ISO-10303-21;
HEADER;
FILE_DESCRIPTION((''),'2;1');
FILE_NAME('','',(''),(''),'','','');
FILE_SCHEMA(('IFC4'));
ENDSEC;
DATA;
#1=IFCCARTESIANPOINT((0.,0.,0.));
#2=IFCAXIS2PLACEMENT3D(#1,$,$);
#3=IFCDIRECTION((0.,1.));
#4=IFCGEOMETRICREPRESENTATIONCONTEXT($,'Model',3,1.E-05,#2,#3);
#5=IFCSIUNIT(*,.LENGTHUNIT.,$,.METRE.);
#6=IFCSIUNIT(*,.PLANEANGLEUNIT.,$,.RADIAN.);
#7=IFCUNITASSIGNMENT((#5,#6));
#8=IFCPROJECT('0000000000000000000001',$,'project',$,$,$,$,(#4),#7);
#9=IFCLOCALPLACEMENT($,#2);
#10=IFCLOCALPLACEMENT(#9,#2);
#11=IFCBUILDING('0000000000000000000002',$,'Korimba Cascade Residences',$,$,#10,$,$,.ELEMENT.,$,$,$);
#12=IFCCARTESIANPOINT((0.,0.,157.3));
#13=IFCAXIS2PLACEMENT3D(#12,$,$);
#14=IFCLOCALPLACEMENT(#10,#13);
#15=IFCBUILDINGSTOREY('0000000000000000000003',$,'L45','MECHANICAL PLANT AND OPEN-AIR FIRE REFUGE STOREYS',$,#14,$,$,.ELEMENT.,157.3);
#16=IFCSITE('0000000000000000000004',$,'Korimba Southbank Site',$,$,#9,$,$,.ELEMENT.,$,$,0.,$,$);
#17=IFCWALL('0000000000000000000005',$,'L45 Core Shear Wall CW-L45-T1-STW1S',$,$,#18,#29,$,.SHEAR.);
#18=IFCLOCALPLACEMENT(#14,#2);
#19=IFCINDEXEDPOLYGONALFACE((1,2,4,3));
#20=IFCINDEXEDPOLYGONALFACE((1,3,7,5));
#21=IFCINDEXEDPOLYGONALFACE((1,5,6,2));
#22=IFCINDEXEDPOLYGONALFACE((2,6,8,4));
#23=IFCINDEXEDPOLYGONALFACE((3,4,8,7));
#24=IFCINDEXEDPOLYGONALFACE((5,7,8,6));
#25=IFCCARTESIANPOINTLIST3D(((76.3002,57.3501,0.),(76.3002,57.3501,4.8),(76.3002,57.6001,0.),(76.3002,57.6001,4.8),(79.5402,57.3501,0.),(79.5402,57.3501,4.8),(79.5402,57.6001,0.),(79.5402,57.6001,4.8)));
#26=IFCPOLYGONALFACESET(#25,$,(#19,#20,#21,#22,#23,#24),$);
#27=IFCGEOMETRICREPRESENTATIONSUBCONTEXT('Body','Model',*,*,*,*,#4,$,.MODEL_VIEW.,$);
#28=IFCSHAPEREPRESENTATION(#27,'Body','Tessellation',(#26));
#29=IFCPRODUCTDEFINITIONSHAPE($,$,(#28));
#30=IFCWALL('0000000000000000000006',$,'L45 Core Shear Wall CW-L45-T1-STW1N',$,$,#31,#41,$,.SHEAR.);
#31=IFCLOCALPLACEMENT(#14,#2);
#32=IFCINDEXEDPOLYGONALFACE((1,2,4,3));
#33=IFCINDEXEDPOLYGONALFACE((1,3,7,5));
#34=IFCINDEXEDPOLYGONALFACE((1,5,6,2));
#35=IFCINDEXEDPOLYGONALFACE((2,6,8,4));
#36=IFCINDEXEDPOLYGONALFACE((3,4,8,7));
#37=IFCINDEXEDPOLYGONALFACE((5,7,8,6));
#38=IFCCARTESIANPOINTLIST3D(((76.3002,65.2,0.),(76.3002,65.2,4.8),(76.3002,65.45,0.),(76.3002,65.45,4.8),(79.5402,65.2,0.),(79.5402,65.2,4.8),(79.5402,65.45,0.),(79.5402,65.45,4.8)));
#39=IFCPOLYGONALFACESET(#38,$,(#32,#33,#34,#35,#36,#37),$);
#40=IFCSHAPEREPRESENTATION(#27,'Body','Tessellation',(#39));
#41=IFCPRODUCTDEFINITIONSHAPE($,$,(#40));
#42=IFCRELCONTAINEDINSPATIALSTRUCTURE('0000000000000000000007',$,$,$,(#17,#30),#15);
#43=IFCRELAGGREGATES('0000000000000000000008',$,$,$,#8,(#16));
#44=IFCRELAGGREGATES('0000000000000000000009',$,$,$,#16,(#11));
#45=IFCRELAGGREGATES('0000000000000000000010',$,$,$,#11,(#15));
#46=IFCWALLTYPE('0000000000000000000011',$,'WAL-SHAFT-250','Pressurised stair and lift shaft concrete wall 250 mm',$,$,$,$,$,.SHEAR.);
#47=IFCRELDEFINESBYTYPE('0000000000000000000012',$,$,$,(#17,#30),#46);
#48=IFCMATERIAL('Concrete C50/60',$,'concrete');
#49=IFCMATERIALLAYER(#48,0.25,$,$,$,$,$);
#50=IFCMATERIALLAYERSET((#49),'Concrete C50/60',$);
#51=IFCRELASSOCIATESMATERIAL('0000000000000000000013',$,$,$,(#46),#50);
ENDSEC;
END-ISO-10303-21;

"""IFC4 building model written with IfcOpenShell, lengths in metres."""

from ifc_helpers import new_model, si_unit, direction, frame, frame_2d, origin, place, context, subcontext, project, spatial, rectangle, extrude, material, layer, layer_set, type_object, element, save


model = new_model("IFC4")

# Units and contexts
model_context = context("Model", 3, precision=1e-05, world=origin(), true_north=direction((0.0, 1.0)))
body_context = subcontext(model_context, "Body", "Model", "MODEL_VIEW")
ifc_project = project(units=[si_unit("LENGTHUNIT", "METRE"), si_unit("PLANEANGLEUNIT", "RADIAN")], contexts=[model_context])

# Site, building, storey
site_placement = place(None, origin())
site = spatial("IfcSite", under=ifc_project, at=site_placement, Name="Korimba Southbank Site", CompositionType="ELEMENT", RefElevation=0.0)
building_placement = place(site_placement, origin())
building = spatial("IfcBuilding", under=site, at=building_placement, Name="Korimba Cascade Residences", CompositionType="ELEMENT")
storey_placement = place(building_placement, frame((0.0, 0.0, 157.3)))
storey = spatial("IfcBuildingStorey", under=building, at=storey_placement, Name="L45", Description="MECHANICAL PLANT AND OPEN-AIR FIRE REFUGE STOREYS", CompositionType="ELEMENT", Elevation=157.3)

# Walls
ifc_material_1 = material(Name="Concrete C50/60", Category="concrete")
ifc_layer_1 = layer(ifc_material_1, 0.25)
ifc_layer_set_1 = layer_set([ifc_layer_1], Name="Concrete C50/60")
wall_type_1 = type_object("IfcWallType", Name="WAL-SHAFT-250", Description="Pressurised stair and lift shaft concrete wall 250 mm", PredefinedType="SHEAR", material=ifc_layer_set_1)
for number, where, z_axis, x_axis, name in (
    (1, (76.3, 57.4751, 0.0), (0.0, 0.0, 1.0), (1.0, 0.0, 0.0), "L45 Core Shear Wall CW-L45-T1-STW1S"),
    (2, (76.3, 65.325, 0.0), (0.0, 0.0, 1.0), (1.0, 0.0, 0.0), "L45 Core Shear Wall CW-L45-T1-STW1N"),
):
    element("IfcWall", number, at=place(storey_placement, frame(where, z_axis=z_axis, x_axis=x_axis)), inside=storey, type_object=wall_type_1, Name=name, PredefinedType="SHEAR", context=body_context, shape_type="SweptSolid", body=[
        extrude(rectangle(XDim=3.24, YDim=0.25, at=frame_2d((1.6201, 0.0))), origin(), (0.0, 0.0, 1.0), 4.8),
    ])

save(model, "model.ifc")
